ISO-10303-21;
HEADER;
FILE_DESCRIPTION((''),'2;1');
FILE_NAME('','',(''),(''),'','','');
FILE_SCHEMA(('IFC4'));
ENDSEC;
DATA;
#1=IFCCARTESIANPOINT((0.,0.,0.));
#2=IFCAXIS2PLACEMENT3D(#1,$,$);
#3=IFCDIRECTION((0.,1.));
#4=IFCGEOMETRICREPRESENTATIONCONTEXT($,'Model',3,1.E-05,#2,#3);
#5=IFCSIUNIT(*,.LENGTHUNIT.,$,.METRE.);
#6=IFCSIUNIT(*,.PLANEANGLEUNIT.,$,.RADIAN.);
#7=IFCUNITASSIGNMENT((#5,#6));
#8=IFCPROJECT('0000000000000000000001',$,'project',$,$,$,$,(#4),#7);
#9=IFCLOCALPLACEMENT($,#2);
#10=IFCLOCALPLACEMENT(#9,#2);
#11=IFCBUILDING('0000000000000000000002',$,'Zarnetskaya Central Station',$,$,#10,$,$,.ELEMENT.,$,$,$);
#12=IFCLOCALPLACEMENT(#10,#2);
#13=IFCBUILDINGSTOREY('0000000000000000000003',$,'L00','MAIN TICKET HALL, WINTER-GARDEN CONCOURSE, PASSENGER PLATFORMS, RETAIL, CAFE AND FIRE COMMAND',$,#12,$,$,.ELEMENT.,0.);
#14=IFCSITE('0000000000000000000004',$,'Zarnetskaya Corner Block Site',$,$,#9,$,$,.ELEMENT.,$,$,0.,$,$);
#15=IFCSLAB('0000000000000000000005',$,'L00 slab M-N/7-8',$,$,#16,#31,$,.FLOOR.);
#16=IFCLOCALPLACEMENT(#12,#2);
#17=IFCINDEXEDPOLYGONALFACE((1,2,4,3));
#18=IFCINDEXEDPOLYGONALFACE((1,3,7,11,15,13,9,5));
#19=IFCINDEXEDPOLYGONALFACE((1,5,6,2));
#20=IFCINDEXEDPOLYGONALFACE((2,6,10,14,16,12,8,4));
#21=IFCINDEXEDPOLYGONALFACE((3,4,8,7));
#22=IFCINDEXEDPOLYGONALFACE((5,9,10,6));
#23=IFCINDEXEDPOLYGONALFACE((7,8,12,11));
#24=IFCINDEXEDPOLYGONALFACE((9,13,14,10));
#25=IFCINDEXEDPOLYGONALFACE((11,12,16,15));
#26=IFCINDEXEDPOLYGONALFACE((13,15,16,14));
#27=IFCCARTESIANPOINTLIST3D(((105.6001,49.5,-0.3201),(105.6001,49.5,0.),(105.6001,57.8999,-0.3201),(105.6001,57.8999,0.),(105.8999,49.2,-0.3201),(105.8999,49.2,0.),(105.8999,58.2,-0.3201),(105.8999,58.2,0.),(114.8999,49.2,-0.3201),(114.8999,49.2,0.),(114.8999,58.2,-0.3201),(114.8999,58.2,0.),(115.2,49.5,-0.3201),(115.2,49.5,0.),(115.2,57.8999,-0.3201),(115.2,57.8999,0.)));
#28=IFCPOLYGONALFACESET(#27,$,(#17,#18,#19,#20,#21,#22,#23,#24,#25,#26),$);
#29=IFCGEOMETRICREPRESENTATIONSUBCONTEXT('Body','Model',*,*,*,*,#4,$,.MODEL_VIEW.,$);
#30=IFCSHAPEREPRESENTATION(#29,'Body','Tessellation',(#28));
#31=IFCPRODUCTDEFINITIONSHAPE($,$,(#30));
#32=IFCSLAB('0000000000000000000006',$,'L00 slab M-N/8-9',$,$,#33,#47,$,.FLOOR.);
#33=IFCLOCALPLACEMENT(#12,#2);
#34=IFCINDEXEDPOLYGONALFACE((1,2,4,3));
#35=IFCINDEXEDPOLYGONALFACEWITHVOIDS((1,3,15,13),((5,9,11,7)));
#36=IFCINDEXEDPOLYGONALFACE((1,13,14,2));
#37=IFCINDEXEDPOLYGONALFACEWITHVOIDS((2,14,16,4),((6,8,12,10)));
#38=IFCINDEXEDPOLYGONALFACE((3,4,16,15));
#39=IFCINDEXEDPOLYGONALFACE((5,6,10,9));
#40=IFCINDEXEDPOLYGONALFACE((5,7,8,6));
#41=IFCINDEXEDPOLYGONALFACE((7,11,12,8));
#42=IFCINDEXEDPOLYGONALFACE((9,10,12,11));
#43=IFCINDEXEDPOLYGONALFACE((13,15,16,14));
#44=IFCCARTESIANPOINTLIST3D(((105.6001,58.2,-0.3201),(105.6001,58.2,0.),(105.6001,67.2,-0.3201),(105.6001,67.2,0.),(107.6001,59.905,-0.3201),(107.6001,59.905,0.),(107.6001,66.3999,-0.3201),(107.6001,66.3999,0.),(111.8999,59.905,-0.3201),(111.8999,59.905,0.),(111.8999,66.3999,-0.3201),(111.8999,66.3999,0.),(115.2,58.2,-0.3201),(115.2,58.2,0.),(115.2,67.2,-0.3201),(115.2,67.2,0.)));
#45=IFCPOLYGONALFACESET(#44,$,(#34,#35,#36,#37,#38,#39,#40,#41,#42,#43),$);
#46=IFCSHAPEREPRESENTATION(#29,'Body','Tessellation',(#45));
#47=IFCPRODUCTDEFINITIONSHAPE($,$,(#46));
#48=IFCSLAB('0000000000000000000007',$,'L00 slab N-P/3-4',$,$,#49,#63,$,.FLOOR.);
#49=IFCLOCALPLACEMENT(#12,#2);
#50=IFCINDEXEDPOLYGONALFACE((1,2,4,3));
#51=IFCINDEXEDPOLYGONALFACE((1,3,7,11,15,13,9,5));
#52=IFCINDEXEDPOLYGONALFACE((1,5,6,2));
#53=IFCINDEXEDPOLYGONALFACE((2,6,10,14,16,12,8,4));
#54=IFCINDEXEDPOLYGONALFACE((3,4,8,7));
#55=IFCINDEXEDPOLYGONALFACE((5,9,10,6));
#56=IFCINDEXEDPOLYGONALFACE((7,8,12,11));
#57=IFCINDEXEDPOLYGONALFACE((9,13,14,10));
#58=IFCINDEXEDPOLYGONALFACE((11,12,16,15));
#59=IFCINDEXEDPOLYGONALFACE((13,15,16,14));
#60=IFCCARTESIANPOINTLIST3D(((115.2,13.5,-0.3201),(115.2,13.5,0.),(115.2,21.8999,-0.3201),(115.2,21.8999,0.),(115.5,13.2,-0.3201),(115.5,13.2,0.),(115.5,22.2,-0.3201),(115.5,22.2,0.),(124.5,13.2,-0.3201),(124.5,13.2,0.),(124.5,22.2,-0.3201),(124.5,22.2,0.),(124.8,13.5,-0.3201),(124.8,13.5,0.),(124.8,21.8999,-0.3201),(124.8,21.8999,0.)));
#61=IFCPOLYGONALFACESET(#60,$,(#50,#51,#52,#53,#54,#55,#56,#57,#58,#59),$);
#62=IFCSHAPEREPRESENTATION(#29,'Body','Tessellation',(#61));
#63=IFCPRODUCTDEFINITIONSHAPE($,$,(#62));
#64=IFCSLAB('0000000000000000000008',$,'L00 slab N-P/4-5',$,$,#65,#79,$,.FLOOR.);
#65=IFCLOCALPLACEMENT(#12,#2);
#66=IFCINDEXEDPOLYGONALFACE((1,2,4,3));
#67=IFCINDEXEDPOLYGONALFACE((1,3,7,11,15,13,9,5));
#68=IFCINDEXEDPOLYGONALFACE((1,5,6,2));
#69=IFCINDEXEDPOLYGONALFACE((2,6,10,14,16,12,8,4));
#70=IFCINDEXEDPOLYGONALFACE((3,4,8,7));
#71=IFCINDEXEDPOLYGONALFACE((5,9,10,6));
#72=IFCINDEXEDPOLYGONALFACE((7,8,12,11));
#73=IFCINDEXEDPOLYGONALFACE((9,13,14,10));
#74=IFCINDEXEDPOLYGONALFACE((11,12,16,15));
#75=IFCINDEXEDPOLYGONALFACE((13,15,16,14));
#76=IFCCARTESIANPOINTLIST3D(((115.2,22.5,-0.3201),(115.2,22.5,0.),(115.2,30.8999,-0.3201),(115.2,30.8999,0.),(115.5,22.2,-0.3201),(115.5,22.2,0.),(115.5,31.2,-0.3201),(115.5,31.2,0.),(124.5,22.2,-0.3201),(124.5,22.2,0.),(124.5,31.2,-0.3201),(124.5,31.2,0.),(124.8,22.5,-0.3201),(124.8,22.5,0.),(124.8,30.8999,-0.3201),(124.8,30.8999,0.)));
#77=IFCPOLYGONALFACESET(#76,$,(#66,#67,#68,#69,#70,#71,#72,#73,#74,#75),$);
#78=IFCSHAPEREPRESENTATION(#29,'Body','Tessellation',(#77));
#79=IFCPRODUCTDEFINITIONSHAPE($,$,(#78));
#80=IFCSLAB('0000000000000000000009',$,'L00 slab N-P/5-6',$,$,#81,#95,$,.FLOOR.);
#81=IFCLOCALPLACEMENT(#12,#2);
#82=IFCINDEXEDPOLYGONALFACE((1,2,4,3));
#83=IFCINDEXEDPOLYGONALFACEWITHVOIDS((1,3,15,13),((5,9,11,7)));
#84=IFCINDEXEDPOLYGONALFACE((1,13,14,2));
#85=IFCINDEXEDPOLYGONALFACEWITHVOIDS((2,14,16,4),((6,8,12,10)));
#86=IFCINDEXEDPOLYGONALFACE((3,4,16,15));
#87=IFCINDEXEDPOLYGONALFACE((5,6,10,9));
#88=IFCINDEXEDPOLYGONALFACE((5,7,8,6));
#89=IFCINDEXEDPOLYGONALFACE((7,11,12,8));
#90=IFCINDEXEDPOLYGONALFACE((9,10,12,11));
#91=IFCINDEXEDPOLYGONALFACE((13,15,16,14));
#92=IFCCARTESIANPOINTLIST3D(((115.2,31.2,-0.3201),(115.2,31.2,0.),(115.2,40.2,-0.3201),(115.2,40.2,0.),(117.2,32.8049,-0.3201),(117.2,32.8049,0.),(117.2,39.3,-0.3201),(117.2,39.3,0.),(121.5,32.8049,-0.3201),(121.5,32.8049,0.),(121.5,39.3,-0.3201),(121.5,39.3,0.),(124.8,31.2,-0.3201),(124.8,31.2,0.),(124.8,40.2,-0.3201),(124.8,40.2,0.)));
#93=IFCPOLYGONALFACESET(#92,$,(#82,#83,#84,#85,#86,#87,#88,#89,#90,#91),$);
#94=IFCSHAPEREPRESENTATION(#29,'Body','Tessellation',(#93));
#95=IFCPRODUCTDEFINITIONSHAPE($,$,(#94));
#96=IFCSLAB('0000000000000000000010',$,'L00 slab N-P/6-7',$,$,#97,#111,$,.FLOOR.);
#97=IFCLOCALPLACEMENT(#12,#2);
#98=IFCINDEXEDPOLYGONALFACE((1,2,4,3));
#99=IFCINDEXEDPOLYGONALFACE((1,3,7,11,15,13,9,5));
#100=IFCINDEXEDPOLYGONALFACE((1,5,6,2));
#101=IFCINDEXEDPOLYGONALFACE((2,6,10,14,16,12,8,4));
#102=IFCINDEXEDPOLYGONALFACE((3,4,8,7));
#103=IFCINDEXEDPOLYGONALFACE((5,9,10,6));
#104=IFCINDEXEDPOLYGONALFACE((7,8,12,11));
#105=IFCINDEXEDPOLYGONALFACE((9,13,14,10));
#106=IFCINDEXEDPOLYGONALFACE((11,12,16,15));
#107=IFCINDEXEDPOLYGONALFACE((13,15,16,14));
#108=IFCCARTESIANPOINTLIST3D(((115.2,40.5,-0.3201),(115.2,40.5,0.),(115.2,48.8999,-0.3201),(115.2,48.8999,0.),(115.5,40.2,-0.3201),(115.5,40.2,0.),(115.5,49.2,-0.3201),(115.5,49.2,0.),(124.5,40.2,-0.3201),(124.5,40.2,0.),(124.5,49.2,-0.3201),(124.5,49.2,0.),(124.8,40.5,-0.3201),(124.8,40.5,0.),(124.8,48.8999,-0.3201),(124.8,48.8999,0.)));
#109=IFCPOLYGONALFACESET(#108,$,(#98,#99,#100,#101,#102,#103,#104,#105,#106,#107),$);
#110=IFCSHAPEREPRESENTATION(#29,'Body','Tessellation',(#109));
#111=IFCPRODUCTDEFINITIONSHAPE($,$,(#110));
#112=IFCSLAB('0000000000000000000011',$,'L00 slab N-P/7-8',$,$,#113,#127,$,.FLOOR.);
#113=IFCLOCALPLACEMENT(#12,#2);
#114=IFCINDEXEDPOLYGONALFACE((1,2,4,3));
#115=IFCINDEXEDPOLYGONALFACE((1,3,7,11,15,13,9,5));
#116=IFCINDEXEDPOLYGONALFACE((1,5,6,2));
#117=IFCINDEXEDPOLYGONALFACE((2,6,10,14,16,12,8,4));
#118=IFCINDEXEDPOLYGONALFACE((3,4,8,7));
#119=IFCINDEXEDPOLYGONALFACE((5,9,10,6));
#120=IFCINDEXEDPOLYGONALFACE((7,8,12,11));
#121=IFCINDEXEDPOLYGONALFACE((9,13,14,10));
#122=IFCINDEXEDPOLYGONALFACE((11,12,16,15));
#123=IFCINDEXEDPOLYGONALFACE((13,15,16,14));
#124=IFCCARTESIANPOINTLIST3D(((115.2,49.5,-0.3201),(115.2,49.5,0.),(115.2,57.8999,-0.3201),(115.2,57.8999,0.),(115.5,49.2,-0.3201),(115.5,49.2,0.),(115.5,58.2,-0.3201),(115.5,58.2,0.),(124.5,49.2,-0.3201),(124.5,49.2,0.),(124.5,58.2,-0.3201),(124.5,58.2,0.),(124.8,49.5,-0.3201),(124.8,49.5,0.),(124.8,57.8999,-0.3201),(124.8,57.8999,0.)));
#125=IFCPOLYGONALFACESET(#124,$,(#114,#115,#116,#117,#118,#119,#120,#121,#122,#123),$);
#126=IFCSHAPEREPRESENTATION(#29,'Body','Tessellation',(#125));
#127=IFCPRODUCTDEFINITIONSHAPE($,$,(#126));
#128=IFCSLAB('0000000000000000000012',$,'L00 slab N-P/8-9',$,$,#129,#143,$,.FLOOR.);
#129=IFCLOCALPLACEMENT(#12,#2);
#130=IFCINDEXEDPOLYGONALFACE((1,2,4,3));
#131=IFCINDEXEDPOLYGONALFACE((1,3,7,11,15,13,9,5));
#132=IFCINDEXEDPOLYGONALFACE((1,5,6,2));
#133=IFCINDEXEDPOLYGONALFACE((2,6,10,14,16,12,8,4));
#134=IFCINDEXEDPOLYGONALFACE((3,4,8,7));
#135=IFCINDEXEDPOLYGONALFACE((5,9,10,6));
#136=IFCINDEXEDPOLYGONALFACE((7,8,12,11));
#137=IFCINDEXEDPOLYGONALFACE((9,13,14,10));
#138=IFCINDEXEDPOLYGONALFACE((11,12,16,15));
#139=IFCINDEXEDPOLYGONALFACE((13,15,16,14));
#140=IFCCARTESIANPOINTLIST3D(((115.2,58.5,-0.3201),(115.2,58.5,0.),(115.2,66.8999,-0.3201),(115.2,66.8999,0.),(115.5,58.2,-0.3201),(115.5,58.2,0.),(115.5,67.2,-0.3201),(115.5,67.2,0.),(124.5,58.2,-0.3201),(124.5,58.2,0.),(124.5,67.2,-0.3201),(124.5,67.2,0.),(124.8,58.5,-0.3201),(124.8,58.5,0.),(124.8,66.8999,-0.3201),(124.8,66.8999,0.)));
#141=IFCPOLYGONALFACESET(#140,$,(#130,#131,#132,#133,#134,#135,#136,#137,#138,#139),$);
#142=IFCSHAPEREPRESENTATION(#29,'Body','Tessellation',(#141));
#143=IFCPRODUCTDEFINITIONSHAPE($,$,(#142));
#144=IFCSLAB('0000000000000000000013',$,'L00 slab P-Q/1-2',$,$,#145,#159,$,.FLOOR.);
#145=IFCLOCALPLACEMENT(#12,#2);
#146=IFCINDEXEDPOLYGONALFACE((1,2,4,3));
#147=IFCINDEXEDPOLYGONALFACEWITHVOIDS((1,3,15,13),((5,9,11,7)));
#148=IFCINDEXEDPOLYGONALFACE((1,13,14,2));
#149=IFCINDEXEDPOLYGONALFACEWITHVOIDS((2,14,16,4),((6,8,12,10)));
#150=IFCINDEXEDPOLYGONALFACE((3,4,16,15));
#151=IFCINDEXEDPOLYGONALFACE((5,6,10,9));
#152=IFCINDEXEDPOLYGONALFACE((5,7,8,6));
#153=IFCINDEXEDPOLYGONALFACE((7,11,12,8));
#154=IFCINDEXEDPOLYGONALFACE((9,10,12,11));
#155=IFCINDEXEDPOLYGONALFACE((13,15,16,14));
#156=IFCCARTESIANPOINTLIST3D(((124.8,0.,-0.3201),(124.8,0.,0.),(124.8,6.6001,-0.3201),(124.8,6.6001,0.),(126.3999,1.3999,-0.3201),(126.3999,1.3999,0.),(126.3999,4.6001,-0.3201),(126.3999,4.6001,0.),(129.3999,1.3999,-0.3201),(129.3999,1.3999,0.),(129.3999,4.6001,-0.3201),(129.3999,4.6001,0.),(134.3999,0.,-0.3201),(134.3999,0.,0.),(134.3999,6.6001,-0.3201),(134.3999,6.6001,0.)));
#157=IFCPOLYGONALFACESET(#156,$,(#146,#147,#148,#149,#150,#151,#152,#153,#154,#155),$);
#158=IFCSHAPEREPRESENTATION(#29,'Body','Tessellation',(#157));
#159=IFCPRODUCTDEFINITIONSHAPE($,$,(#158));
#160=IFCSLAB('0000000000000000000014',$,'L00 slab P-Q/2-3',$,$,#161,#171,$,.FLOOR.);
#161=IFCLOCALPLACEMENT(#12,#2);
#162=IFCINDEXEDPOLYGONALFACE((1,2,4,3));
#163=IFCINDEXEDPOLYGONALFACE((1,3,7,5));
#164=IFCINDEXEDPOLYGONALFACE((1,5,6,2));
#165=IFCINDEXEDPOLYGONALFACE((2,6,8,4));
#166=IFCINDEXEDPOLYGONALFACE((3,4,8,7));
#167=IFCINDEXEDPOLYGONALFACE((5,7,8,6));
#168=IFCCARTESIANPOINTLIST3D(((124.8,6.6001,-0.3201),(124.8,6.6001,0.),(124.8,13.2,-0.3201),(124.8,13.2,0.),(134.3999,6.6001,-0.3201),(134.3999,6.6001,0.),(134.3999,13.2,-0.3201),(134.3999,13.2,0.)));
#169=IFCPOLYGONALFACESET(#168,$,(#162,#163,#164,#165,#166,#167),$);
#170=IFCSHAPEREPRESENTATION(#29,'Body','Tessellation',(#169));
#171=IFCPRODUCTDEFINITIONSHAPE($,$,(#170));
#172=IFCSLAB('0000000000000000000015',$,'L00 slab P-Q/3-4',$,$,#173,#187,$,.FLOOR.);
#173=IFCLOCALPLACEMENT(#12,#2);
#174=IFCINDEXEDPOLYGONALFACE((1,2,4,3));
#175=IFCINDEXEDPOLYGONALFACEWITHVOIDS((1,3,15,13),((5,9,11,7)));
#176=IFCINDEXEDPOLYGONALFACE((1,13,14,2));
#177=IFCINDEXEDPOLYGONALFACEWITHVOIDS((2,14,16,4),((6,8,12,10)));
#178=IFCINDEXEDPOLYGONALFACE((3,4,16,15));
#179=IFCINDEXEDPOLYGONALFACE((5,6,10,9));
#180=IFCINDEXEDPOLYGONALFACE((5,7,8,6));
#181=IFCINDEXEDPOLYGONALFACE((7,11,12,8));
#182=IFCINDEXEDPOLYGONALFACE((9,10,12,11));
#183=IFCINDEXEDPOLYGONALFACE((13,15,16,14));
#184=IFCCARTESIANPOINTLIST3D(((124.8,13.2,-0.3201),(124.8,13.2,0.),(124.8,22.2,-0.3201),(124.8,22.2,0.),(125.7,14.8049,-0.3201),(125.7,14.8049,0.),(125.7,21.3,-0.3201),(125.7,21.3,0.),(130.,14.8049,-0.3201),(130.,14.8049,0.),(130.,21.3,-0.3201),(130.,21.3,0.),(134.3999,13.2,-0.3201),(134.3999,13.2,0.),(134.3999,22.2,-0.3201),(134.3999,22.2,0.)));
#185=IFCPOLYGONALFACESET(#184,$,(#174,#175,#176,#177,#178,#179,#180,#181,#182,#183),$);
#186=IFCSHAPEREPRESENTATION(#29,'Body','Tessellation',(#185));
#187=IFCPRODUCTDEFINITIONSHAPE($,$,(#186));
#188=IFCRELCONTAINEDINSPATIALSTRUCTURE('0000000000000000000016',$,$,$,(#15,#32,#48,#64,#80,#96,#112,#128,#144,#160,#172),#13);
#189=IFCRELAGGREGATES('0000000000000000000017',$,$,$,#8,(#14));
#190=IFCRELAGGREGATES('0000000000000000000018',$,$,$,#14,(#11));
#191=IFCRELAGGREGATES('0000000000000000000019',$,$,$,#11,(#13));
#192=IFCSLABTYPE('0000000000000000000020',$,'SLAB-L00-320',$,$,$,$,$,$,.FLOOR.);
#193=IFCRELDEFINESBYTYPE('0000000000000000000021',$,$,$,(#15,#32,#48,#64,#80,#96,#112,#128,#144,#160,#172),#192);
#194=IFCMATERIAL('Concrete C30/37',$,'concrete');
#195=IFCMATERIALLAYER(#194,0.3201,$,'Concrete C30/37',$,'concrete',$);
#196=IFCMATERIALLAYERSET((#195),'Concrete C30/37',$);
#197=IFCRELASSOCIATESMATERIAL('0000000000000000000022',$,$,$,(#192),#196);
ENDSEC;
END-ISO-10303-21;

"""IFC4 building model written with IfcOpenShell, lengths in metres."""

from ifc_helpers import new_model, si_unit, direction, frame, origin, place, context, subcontext, project, spatial, polyline, outline, extrude, material, layer, layer_set, type_object, element, save


model = new_model("IFC4")

# Units and contexts
model_context = context("Model", 3, precision=1e-05, world=origin(), true_north=direction((0.0, 1.0)))
body_context = subcontext(model_context, "Body", "Model", "MODEL_VIEW")
ifc_project = project(units=[si_unit("LENGTHUNIT", "METRE"), si_unit("PLANEANGLEUNIT", "RADIAN")], contexts=[model_context])

# Site, building, storey
site_placement = place(None, origin())
site = spatial("IfcSite", under=ifc_project, at=site_placement, Name="Zarnetskaya Corner Block Site", CompositionType="ELEMENT", RefElevation=0.0)
building_placement = place(site_placement, origin())
building = spatial("IfcBuilding", under=site, at=building_placement, Name="Zarnetskaya Central Station", CompositionType="ELEMENT")
storey_placement = place(building_placement, origin())
storey = spatial("IfcBuildingStorey", under=building, at=storey_placement, Name="L00", Description="MAIN TICKET HALL, WINTER-GARDEN CONCOURSE, PASSENGER PLATFORMS, RETAIL, CAFE AND FIRE COMMAND", CompositionType="ELEMENT", Elevation=0.0)

# Slabs
ifc_material = material(Name="Concrete C30/37", Category="concrete")
ifc_layer = layer(ifc_material, 0.3201, Name="Concrete C30/37", Category="concrete")
ifc_layer_set = layer_set([ifc_layer], Name="Concrete C30/37")
slab_type = type_object("IfcSlabType", Name="SLAB-L00-320", PredefinedType="FLOOR", material=ifc_layer_set)
slab_1_placement = place(storey_placement, frame((0.0, 0.0, -0.3201)))
element("IfcSlab", 1, at=slab_1_placement, inside=storey, type_object=slab_type, Name="L00 slab M-N/7-8", PredefinedType="FLOOR", context=body_context, shape_type="SweptSolid", body=[
    extrude(outline(polyline([(105.8999, 49.2), (114.8999, 49.2), (115.2, 49.5), (115.2, 57.8999), (114.8999, 58.2), (105.8999, 58.2), (105.6001, 57.8999), (105.6001, 49.5), (105.8999, 49.2)])), origin(), (0.0, 0.0, 1.0), 0.3201),
])
slab_2_placement = place(storey_placement, frame((0.0, 0.0, -0.3201)))
element("IfcSlab", 2, at=slab_2_placement, inside=storey, type_object=slab_type, Name="L00 slab M-N/8-9", PredefinedType="FLOOR", context=body_context, shape_type="SweptSolid", body=[
    extrude(outline(polyline([(105.6001, 58.2), (115.2, 58.2), (115.2, 67.2), (105.6001, 67.2), (105.6001, 58.2)]), holes=[polyline([(107.6001, 59.905), (111.8999, 59.905), (111.8999, 66.3999), (107.6001, 66.3999), (107.6001, 59.905)])]), origin(), (0.0, 0.0, 1.0), 0.3201),
])
slab_3_placement = place(storey_placement, frame((0.0, 0.0, -0.3201)))
element("IfcSlab", 3, at=slab_3_placement, inside=storey, type_object=slab_type, Name="L00 slab N-P/3-4", PredefinedType="FLOOR", context=body_context, shape_type="SweptSolid", body=[
    extrude(outline(polyline([(115.5, 13.2), (124.5, 13.2), (124.8, 13.5), (124.8, 21.8999), (124.5, 22.2), (115.5, 22.2), (115.2, 21.8999), (115.2, 13.5), (115.5, 13.2)])), origin(), (0.0, 0.0, 1.0), 0.3201),
])
slab_4_placement = place(storey_placement, frame((0.0, 0.0, -0.3201)))
element("IfcSlab", 4, at=slab_4_placement, inside=storey, type_object=slab_type, Name="L00 slab N-P/4-5", PredefinedType="FLOOR", context=body_context, shape_type="SweptSolid", body=[
    extrude(outline(polyline([(115.5, 22.2), (124.5, 22.2), (124.8, 22.5), (124.8, 30.8999), (124.5, 31.2), (115.5, 31.2), (115.2, 30.8999), (115.2, 22.5), (115.5, 22.2)])), origin(), (0.0, 0.0, 1.0), 0.3201),
])
slab_5_placement = place(storey_placement, frame((0.0, 0.0, -0.3201)))
element("IfcSlab", 5, at=slab_5_placement, inside=storey, type_object=slab_type, Name="L00 slab N-P/5-6", PredefinedType="FLOOR", context=body_context, shape_type="SweptSolid", body=[
    extrude(outline(polyline([(115.2, 31.2), (124.8, 31.2), (124.8, 40.2), (115.2, 40.2), (115.2, 31.2)]), holes=[polyline([(117.2, 32.8049), (121.5, 32.8049), (121.5, 39.3), (117.2, 39.3), (117.2, 32.8049)])]), origin(), (0.0, 0.0, 1.0), 0.3201),
])
slab_6_placement = place(storey_placement, frame((0.0, 0.0, -0.3201)))
element("IfcSlab", 6, at=slab_6_placement, inside=storey, type_object=slab_type, Name="L00 slab N-P/6-7", PredefinedType="FLOOR", context=body_context, shape_type="SweptSolid", body=[
    extrude(outline(polyline([(115.5, 40.2), (124.5, 40.2), (124.8, 40.5), (124.8, 48.8999), (124.5, 49.2), (115.5, 49.2), (115.2, 48.8999), (115.2, 40.5), (115.5, 40.2)])), origin(), (0.0, 0.0, 1.0), 0.3201),
])
slab_7_placement = place(storey_placement, frame((0.0, 0.0, -0.3201)))
element("IfcSlab", 7, at=slab_7_placement, inside=storey, type_object=slab_type, Name="L00 slab N-P/7-8", PredefinedType="FLOOR", context=body_context, shape_type="SweptSolid", body=[
    extrude(outline(polyline([(115.5, 49.2), (124.5, 49.2), (124.8, 49.5), (124.8, 57.8999), (124.5, 58.2), (115.5, 58.2), (115.2, 57.8999), (115.2, 49.5), (115.5, 49.2)])), origin(), (0.0, 0.0, 1.0), 0.3201),
])
slab_8_placement = place(storey_placement, frame((0.0, 0.0, -0.3201)))
element("IfcSlab", 8, at=slab_8_placement, inside=storey, type_object=slab_type, Name="L00 slab N-P/8-9", PredefinedType="FLOOR", context=body_context, shape_type="SweptSolid", body=[
    extrude(outline(polyline([(115.5, 58.2), (124.5, 58.2), (124.8, 58.5), (124.8, 66.8999), (124.5, 67.2), (115.5, 67.2), (115.2, 66.8999), (115.2, 58.5), (115.5, 58.2)])), origin(), (0.0, 0.0, 1.0), 0.3201),
])
slab_9_placement = place(storey_placement, frame((0.0, 0.0, -0.3201)))
element("IfcSlab", 9, at=slab_9_placement, inside=storey, type_object=slab_type, Name="L00 slab P-Q/1-2", PredefinedType="FLOOR", context=body_context, shape_type="SweptSolid", body=[
    extrude(outline(polyline([(124.8, 0.0), (134.3999, 0.0), (134.3999, 6.6001), (124.8, 6.6001), (124.8, 0.0)]), holes=[polyline([(126.3999, 1.3999), (129.3999, 1.3999), (129.3999, 4.6001), (126.3999, 4.6001), (126.3999, 1.3999)])]), origin(), (0.0, 0.0, 1.0), 0.3201),
])
slab_10_placement = place(storey_placement, frame((0.0, 0.0, -0.3201)))
element("IfcSlab", 10, at=slab_10_placement, inside=storey, type_object=slab_type, Name="L00 slab P-Q/2-3", PredefinedType="FLOOR", context=body_context, shape_type="SweptSolid", body=[
    extrude(outline(polyline([(124.8, 6.6001), (134.3999, 6.6001), (134.3999, 13.2), (124.8, 13.2), (124.8, 6.6001)])), origin(), (0.0, 0.0, 1.0), 0.3201),
])
slab_11_placement = place(storey_placement, frame((0.0, 0.0, -0.3201)))
element("IfcSlab", 11, at=slab_11_placement, inside=storey, type_object=slab_type, Name="L00 slab P-Q/3-4", PredefinedType="FLOOR", context=body_context, shape_type="SweptSolid", body=[
    extrude(outline(polyline([(124.8, 13.2), (134.3999, 13.2), (134.3999, 22.2), (124.8, 22.2), (124.8, 13.2)]), holes=[polyline([(125.7, 14.8049), (130.0, 14.8049), (130.0, 21.3), (125.7, 21.3), (125.7, 14.8049)])]), origin(), (0.0, 0.0, 1.0), 0.3201),
])

save(model, "model.ifc")
